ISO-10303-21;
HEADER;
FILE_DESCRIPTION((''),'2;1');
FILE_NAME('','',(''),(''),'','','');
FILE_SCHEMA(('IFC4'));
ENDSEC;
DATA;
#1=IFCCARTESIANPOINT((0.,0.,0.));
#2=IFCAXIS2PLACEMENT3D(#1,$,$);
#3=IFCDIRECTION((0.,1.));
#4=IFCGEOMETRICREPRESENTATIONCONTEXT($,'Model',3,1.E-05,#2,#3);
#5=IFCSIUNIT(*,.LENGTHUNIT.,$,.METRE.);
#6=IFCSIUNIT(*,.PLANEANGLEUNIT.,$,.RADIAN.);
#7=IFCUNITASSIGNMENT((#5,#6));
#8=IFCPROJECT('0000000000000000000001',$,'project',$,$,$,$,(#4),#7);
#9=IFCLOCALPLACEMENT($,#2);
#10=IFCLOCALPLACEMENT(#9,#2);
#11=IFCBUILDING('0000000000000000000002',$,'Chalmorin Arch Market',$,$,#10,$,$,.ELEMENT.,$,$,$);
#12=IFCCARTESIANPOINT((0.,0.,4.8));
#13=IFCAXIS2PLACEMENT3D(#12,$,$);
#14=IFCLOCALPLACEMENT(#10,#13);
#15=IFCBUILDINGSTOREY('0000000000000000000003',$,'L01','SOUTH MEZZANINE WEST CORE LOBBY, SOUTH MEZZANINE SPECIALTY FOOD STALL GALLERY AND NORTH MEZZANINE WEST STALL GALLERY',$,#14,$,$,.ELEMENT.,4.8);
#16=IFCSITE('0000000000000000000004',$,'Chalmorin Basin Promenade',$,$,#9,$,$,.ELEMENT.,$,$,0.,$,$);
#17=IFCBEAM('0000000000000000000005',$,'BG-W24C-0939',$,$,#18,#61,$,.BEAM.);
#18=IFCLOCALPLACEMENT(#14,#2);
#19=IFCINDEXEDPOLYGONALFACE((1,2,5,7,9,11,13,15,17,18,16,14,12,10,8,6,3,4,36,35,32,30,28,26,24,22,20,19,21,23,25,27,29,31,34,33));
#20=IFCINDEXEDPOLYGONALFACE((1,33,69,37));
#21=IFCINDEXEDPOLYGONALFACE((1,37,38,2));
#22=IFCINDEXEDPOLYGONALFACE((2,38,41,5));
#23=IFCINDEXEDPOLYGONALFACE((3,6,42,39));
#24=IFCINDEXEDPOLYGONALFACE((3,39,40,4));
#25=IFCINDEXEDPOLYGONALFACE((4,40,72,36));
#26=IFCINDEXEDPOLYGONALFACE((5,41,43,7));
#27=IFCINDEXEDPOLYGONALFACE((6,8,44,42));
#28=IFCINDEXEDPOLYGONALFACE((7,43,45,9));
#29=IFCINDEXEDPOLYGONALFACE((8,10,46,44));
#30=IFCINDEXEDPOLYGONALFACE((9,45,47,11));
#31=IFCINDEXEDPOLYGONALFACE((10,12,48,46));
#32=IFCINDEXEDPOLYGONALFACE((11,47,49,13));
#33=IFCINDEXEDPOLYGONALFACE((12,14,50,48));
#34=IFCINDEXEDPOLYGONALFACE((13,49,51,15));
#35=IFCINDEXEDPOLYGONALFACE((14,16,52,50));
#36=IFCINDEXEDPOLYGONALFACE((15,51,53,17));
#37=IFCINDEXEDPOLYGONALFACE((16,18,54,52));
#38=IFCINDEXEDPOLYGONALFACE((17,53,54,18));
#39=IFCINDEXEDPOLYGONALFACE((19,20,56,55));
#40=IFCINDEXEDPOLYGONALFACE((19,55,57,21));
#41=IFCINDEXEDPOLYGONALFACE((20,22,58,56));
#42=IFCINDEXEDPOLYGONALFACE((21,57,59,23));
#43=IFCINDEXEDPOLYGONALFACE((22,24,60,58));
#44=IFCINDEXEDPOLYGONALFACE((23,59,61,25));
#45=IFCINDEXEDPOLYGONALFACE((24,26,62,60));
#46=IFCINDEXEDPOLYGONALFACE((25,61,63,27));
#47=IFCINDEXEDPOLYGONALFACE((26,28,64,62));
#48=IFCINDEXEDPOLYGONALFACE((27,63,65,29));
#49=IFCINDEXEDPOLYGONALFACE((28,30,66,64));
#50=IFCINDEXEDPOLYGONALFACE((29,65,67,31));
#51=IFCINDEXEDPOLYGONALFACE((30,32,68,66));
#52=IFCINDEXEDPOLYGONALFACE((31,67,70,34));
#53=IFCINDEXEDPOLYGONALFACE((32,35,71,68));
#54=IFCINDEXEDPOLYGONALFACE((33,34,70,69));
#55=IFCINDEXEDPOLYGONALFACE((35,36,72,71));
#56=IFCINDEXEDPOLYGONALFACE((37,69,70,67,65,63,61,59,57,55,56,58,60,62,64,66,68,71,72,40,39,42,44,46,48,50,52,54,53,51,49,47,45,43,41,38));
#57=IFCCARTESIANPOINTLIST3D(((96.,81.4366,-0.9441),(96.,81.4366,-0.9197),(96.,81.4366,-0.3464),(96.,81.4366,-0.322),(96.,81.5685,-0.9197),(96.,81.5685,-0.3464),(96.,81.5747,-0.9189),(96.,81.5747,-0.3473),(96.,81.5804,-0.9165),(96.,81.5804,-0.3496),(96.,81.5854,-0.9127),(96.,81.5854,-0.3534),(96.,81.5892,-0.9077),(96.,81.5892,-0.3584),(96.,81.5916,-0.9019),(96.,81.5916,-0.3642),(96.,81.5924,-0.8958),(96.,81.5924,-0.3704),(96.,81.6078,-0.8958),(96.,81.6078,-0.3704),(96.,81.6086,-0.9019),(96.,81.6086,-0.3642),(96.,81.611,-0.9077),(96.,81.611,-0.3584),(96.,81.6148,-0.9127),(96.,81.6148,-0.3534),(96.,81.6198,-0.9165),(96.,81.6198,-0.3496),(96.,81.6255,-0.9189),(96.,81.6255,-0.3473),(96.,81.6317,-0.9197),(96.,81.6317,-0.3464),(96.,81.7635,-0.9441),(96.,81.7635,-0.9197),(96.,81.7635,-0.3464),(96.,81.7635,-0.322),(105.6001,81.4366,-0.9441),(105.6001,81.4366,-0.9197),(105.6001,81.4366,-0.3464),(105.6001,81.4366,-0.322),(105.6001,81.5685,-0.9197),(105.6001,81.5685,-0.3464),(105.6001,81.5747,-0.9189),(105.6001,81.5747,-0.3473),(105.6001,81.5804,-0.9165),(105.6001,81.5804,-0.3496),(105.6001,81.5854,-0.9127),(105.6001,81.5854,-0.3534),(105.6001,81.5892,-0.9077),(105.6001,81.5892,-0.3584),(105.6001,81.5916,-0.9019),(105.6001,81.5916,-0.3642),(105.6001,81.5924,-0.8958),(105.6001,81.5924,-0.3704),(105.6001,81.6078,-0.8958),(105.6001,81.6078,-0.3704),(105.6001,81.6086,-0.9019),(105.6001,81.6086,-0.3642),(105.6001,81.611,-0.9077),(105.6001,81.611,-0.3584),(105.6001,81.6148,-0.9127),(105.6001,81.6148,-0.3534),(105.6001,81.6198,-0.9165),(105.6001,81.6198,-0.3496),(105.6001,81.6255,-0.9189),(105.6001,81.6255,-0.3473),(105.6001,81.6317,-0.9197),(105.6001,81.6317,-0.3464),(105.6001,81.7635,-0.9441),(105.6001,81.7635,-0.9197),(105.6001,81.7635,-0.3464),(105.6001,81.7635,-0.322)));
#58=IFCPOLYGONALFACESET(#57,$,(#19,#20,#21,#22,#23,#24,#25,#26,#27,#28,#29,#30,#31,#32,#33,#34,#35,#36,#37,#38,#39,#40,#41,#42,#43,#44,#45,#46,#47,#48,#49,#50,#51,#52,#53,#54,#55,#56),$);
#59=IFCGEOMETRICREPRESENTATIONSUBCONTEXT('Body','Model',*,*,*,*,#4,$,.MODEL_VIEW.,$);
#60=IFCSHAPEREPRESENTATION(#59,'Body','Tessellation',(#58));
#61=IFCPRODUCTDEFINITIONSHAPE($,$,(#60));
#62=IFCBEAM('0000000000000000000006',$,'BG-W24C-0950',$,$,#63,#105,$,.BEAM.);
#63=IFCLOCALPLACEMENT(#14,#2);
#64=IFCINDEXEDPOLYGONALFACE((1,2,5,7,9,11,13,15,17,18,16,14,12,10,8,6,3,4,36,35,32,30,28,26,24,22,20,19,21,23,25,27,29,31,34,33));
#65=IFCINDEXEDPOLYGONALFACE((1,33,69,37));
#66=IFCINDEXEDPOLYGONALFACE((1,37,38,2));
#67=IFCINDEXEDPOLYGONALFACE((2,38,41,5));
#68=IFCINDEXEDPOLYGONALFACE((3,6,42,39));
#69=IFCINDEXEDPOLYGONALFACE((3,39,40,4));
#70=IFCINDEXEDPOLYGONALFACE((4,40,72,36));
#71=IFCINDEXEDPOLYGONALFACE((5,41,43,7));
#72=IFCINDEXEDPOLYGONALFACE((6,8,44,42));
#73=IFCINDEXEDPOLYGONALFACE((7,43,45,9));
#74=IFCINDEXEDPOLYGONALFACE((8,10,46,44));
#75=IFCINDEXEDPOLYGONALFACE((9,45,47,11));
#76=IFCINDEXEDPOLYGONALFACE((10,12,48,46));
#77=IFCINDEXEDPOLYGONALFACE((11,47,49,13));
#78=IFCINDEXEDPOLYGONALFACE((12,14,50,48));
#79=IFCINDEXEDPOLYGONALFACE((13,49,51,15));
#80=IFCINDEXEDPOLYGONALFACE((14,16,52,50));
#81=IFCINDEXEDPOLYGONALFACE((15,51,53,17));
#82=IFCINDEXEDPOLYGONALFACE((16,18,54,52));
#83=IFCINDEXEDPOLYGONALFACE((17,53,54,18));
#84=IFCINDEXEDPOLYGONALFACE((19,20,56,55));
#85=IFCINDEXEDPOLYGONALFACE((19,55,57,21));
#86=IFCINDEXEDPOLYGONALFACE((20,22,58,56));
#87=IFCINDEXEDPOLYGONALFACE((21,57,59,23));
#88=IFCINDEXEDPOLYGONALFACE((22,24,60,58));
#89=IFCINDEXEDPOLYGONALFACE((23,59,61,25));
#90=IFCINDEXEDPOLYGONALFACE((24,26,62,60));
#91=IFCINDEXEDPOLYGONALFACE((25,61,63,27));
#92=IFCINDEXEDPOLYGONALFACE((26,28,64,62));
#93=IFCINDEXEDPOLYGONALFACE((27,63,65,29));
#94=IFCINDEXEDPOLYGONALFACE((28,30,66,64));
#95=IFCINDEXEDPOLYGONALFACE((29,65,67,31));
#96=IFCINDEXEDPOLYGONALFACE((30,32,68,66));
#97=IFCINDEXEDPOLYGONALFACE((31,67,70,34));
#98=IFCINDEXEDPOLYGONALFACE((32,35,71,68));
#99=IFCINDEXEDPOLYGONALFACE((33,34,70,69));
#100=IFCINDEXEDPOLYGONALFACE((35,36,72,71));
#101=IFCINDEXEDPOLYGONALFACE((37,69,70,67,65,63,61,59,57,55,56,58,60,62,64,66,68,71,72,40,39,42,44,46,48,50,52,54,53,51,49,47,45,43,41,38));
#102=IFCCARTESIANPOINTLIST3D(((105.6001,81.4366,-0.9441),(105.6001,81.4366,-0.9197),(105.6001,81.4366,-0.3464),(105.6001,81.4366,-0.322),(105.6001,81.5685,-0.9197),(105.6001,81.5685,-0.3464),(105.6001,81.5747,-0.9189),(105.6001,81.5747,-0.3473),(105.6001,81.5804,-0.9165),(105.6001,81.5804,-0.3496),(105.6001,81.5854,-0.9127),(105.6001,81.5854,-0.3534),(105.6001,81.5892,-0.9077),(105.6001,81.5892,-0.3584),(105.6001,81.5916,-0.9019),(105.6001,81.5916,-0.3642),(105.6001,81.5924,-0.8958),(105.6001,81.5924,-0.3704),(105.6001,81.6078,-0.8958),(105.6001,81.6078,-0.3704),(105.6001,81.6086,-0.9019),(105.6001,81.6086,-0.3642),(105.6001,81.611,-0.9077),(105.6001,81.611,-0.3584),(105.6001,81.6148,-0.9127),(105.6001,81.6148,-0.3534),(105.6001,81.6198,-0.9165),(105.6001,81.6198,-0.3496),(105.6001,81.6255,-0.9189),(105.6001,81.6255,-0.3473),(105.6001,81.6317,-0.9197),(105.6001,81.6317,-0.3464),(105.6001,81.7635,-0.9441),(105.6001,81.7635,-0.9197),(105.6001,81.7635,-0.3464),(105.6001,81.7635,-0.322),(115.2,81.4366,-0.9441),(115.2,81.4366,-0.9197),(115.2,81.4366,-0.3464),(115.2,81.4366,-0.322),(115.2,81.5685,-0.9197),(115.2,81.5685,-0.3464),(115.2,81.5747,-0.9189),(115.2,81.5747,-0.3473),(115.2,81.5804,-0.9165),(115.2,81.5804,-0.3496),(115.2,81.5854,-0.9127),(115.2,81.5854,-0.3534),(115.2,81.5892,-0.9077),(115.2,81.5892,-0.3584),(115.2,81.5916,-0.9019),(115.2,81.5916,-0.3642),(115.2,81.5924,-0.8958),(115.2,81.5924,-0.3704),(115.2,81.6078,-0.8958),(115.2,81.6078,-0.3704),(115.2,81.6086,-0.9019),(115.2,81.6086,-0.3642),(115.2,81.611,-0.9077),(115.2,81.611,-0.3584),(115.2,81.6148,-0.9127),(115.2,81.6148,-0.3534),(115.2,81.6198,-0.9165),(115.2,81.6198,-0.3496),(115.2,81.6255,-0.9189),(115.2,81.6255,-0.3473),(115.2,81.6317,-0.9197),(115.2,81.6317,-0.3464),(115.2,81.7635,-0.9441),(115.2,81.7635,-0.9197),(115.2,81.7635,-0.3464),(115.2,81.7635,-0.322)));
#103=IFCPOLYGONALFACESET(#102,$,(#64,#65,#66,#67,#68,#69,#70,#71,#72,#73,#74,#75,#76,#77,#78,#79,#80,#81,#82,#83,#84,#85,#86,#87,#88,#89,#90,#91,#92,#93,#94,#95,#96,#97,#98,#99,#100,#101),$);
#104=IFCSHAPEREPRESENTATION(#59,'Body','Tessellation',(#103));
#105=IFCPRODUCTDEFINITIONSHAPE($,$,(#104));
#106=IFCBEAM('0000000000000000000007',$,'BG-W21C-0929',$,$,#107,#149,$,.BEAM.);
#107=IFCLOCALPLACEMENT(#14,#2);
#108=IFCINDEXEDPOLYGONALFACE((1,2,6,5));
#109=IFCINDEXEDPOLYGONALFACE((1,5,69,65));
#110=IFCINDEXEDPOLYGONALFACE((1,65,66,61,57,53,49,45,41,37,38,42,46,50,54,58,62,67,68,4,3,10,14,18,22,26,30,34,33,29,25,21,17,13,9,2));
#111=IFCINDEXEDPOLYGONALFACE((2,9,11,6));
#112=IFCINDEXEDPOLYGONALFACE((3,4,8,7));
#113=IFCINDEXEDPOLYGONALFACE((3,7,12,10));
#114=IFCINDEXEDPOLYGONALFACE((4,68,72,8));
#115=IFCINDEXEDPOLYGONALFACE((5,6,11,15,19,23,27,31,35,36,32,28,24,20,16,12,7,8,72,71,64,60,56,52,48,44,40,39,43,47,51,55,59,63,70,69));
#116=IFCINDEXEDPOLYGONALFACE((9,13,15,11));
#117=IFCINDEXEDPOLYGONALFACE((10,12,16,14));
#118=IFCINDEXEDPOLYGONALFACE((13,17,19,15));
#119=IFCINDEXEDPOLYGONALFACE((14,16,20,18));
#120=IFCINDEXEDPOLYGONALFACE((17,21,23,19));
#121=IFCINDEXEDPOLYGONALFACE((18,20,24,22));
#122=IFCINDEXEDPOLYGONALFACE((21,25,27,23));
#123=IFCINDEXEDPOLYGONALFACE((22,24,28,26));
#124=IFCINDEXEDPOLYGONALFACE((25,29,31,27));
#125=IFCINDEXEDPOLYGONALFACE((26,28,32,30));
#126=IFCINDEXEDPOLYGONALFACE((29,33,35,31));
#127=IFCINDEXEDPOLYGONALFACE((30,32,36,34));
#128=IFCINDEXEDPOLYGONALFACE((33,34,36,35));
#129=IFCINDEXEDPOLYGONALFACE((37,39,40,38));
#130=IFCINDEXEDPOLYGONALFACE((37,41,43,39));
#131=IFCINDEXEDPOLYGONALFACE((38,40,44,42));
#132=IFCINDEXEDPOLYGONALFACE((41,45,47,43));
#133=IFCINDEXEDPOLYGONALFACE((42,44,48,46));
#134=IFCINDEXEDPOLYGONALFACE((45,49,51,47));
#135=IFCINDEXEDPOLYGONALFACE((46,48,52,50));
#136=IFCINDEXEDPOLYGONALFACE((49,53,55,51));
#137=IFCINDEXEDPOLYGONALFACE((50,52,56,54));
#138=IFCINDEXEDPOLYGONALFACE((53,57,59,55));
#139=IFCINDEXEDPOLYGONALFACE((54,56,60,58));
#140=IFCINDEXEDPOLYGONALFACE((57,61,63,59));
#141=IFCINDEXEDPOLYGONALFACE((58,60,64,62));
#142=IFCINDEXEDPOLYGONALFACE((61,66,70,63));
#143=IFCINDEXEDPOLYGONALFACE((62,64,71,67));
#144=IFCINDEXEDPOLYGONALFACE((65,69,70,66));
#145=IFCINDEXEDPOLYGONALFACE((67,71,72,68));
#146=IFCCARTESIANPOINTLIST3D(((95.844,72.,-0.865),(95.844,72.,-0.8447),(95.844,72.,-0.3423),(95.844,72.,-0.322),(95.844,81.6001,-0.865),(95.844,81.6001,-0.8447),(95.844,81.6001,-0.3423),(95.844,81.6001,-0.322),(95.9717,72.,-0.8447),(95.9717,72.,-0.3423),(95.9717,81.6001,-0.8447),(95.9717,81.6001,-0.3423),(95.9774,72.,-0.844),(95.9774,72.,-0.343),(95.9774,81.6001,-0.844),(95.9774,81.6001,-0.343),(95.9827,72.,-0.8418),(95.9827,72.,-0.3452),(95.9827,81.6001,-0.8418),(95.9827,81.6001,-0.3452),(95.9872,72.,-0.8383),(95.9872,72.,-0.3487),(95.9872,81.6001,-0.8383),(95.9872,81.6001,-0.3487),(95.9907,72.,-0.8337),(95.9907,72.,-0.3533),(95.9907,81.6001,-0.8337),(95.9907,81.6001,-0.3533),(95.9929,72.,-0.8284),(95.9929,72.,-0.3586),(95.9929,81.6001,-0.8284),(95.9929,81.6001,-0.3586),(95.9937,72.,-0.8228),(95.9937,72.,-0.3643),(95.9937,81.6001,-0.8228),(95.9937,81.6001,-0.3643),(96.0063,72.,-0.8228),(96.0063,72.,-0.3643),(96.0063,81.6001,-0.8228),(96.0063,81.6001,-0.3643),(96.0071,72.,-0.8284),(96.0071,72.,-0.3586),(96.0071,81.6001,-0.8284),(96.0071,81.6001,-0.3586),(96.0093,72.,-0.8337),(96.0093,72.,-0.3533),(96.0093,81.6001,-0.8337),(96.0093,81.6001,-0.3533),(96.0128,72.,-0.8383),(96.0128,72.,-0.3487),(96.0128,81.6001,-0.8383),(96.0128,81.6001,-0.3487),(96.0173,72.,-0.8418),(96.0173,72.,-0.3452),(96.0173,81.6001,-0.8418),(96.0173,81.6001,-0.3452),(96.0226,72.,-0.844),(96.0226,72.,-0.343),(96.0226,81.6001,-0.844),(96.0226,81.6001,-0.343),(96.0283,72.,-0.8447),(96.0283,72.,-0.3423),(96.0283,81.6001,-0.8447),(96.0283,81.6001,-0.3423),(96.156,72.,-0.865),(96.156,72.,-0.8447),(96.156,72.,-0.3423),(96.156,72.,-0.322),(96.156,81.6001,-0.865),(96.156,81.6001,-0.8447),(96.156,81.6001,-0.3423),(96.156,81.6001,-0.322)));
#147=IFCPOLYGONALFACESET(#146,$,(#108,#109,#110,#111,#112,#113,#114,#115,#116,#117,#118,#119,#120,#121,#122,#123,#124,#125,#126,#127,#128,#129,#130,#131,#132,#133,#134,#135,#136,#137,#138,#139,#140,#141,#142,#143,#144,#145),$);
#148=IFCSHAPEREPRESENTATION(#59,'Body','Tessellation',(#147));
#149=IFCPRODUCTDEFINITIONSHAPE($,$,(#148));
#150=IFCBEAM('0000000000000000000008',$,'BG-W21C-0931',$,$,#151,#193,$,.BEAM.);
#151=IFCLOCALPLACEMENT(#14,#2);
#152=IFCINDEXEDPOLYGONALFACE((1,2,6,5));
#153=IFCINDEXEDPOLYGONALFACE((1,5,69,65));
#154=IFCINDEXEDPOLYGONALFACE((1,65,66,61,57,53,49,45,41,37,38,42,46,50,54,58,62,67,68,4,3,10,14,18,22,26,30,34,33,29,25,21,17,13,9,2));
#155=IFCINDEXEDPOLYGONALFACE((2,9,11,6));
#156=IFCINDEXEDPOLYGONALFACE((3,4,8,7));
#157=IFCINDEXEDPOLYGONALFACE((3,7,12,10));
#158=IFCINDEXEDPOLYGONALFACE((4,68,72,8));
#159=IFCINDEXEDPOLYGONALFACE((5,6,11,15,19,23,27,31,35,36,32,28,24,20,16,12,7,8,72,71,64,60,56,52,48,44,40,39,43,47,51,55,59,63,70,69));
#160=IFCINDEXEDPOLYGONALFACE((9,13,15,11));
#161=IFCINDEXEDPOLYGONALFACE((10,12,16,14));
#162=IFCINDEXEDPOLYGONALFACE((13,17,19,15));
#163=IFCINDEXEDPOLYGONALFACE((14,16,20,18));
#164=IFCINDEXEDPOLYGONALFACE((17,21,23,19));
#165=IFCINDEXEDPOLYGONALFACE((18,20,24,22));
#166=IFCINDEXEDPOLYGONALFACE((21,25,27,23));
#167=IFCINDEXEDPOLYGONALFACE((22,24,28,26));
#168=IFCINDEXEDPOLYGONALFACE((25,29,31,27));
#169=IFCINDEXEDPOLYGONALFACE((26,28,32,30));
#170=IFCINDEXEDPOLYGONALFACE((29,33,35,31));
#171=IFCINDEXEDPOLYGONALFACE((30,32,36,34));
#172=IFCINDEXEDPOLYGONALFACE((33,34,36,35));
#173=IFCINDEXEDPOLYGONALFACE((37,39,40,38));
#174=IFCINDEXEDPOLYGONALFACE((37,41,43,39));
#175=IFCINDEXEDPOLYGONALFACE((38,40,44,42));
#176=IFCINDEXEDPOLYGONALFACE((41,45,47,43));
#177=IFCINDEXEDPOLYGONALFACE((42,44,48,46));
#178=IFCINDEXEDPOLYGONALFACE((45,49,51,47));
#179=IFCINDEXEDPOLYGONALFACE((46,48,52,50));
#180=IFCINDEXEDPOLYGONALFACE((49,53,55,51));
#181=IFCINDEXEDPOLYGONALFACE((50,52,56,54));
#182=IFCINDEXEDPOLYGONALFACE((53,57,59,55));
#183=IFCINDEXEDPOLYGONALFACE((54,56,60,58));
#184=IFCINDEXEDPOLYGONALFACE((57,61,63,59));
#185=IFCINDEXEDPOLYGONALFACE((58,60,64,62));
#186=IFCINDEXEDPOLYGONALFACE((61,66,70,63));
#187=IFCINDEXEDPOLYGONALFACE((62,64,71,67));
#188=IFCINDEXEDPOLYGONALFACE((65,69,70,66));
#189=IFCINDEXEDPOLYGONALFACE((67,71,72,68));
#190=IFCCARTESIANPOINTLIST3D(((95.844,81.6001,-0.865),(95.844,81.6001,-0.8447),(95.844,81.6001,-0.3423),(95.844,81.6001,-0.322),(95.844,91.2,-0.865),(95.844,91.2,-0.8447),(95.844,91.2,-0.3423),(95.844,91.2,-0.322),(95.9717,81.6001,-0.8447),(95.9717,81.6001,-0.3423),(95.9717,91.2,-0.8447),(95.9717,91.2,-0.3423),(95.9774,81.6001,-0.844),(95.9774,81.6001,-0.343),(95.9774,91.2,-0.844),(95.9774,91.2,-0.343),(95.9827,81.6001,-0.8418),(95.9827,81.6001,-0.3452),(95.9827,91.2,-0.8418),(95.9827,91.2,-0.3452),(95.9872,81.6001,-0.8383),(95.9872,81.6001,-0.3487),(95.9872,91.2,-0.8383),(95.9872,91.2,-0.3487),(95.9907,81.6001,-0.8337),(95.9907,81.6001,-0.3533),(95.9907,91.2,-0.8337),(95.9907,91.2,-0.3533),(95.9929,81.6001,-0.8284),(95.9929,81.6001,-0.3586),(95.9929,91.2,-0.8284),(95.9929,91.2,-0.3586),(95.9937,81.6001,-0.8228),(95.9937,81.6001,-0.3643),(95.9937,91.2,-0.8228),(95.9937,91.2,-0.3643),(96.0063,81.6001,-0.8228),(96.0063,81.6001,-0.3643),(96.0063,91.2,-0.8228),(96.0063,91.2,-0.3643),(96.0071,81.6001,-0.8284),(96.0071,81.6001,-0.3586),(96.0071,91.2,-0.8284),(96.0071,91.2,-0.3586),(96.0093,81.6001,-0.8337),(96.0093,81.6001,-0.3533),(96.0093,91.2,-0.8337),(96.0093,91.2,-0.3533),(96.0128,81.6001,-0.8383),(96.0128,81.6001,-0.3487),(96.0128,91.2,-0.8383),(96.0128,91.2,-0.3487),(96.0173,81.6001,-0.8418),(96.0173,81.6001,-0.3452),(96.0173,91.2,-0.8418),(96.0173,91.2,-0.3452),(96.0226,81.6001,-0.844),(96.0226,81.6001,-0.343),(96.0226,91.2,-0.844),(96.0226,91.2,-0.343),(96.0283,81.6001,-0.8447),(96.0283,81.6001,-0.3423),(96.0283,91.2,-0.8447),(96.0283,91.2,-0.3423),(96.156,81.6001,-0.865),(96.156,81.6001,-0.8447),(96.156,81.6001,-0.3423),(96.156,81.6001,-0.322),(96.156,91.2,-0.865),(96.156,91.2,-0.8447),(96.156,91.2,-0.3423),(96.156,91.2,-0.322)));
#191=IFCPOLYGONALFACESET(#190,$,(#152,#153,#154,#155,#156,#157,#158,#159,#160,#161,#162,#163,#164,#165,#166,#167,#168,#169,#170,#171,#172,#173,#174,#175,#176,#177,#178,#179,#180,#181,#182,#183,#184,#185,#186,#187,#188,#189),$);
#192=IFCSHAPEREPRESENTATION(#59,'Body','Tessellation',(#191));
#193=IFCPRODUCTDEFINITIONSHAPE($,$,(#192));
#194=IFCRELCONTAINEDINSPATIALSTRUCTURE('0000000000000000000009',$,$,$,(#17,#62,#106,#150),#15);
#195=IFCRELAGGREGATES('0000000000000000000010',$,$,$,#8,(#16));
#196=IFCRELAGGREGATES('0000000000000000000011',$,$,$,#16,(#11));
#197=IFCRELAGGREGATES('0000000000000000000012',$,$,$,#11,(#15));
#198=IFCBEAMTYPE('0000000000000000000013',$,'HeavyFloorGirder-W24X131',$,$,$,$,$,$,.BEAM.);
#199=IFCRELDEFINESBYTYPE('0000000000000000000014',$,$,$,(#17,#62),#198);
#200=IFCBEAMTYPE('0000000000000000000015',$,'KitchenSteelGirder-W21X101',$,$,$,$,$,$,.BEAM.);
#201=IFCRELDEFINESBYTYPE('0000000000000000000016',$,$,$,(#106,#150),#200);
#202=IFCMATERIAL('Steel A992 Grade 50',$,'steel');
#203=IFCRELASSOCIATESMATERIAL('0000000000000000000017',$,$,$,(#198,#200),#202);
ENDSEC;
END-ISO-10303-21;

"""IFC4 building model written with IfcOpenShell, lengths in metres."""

from ifc_helpers import new_model, si_unit, direction, frame, origin, origin_2d, place, context, subcontext, project, spatial, i_section, extrude, material, material_profile, profile_set, type_object, element, save


model = new_model("IFC4")

# Units and contexts
model_context = context("Model", 3, precision=1e-05, world=origin(), true_north=direction((0.0, 1.0)))
body_context = subcontext(model_context, "Body", "Model", "MODEL_VIEW")
ifc_project = project(units=[si_unit("LENGTHUNIT", "METRE"), si_unit("PLANEANGLEUNIT", "RADIAN")], contexts=[model_context])

# Site, building, storey
site_placement = place(None, origin())
site = spatial("IfcSite", under=ifc_project, at=site_placement, Name="Chalmorin Basin Promenade", CompositionType="ELEMENT", RefElevation=0.0)
building_placement = place(site_placement, origin())
building = spatial("IfcBuilding", under=site, at=building_placement, Name="Chalmorin Arch Market", CompositionType="ELEMENT")
storey_placement = place(building_placement, frame((0.0, 0.0, 4.8)))
storey = spatial("IfcBuildingStorey", under=building, at=storey_placement, Name="L01", Description="SOUTH MEZZANINE WEST CORE LOBBY, SOUTH MEZZANINE SPECIALTY FOOD STALL GALLERY AND NORTH MEZZANINE WEST STALL GALLERY", CompositionType="ELEMENT", Elevation=4.8)

# Beams
ifc_material_1 = material(Name="Steel A992 Grade 50", Category="steel")
ifc_material_profile_1 = material_profile(ifc_material_1, i_section(OverallWidth=0.3269, OverallDepth=0.6221, WebThickness=0.0154, FlangeThickness=0.0244, FilletRadius=0.0239, at=origin_2d()), Name="W24X131")
ifc_profile_set_1 = profile_set([ifc_material_profile_1], Name="Steel A992 Grade 50")
beam_type_1 = type_object("IfcBeamType", Name="HeavyFloorGirder-W24X131", PredefinedType="BEAM", material=ifc_profile_set_1)
beam_1_placement = place(storey_placement, frame((96.0, 81.6001, -0.6331), z_axis=(1.0, 0.0, 0.0), x_axis=(0.0, 1.0, 0.0)))
element("IfcBeam", 1, at=beam_1_placement, inside=storey, type_object=beam_type_1, Name="BG-W24C-0939", PredefinedType="BEAM", context=body_context, shape_type="SweptSolid", body=[
    extrude(i_section(OverallWidth=0.3269, OverallDepth=0.6221, WebThickness=0.0154, FlangeThickness=0.0244, FilletRadius=0.0239, at=origin_2d()), origin(), (0.0, 0.0, 1.0), 9.6001),
])
beam_2_placement = place(storey_placement, frame((105.6001, 81.6001, -0.6331), z_axis=(1.0, 0.0, 0.0), x_axis=(0.0, 1.0, 0.0)))
element("IfcBeam", 2, at=beam_2_placement, inside=storey, type_object=beam_type_1, Name="BG-W24C-0950", PredefinedType="BEAM", context=body_context, shape_type="SweptSolid", body=[
    extrude(i_section(OverallWidth=0.3269, OverallDepth=0.6221, WebThickness=0.0154, FlangeThickness=0.0244, FilletRadius=0.0239, at=origin_2d()), origin(), (0.0, 0.0, 1.0), 9.5999),
])
ifc_material_profile_2 = material_profile(ifc_material_1, i_section(OverallWidth=0.312, OverallDepth=0.543, WebThickness=0.0127, FlangeThickness=0.0203, FilletRadius=0.022, at=origin_2d()), Name="W21X101")
ifc_profile_set_2 = profile_set([ifc_material_profile_2], Name="Steel A992 Grade 50")
beam_type_2 = type_object("IfcBeamType", Name="KitchenSteelGirder-W21X101", PredefinedType="BEAM", material=ifc_profile_set_2)
beam_3_placement = place(storey_placement, frame((96.0, 72.0, -0.5935), z_axis=(0.0, 1.0, 0.0), x_axis=(-1.0, 0.0, 0.0)))
element("IfcBeam", 3, at=beam_3_placement, inside=storey, type_object=beam_type_2, Name="BG-W21C-0929", PredefinedType="BEAM", context=body_context, shape_type="SweptSolid", body=[
    extrude(i_section(OverallWidth=0.312, OverallDepth=0.543, WebThickness=0.0127, FlangeThickness=0.0203, FilletRadius=0.022, at=origin_2d()), origin(), (0.0, 0.0, 1.0), 9.6001),
])
beam_4_placement = place(storey_placement, frame((96.0, 81.6001, -0.5935), z_axis=(0.0, 1.0, 0.0), x_axis=(-1.0, 0.0, 0.0)))
element("IfcBeam", 4, at=beam_4_placement, inside=storey, type_object=beam_type_2, Name="BG-W21C-0931", PredefinedType="BEAM", context=body_context, shape_type="SweptSolid", body=[
    extrude(i_section(OverallWidth=0.312, OverallDepth=0.543, WebThickness=0.0127, FlangeThickness=0.0203, FilletRadius=0.022, at=origin_2d()), origin(), (0.0, 0.0, 1.0), 9.5999),
])

save(model, "model.ifc")
